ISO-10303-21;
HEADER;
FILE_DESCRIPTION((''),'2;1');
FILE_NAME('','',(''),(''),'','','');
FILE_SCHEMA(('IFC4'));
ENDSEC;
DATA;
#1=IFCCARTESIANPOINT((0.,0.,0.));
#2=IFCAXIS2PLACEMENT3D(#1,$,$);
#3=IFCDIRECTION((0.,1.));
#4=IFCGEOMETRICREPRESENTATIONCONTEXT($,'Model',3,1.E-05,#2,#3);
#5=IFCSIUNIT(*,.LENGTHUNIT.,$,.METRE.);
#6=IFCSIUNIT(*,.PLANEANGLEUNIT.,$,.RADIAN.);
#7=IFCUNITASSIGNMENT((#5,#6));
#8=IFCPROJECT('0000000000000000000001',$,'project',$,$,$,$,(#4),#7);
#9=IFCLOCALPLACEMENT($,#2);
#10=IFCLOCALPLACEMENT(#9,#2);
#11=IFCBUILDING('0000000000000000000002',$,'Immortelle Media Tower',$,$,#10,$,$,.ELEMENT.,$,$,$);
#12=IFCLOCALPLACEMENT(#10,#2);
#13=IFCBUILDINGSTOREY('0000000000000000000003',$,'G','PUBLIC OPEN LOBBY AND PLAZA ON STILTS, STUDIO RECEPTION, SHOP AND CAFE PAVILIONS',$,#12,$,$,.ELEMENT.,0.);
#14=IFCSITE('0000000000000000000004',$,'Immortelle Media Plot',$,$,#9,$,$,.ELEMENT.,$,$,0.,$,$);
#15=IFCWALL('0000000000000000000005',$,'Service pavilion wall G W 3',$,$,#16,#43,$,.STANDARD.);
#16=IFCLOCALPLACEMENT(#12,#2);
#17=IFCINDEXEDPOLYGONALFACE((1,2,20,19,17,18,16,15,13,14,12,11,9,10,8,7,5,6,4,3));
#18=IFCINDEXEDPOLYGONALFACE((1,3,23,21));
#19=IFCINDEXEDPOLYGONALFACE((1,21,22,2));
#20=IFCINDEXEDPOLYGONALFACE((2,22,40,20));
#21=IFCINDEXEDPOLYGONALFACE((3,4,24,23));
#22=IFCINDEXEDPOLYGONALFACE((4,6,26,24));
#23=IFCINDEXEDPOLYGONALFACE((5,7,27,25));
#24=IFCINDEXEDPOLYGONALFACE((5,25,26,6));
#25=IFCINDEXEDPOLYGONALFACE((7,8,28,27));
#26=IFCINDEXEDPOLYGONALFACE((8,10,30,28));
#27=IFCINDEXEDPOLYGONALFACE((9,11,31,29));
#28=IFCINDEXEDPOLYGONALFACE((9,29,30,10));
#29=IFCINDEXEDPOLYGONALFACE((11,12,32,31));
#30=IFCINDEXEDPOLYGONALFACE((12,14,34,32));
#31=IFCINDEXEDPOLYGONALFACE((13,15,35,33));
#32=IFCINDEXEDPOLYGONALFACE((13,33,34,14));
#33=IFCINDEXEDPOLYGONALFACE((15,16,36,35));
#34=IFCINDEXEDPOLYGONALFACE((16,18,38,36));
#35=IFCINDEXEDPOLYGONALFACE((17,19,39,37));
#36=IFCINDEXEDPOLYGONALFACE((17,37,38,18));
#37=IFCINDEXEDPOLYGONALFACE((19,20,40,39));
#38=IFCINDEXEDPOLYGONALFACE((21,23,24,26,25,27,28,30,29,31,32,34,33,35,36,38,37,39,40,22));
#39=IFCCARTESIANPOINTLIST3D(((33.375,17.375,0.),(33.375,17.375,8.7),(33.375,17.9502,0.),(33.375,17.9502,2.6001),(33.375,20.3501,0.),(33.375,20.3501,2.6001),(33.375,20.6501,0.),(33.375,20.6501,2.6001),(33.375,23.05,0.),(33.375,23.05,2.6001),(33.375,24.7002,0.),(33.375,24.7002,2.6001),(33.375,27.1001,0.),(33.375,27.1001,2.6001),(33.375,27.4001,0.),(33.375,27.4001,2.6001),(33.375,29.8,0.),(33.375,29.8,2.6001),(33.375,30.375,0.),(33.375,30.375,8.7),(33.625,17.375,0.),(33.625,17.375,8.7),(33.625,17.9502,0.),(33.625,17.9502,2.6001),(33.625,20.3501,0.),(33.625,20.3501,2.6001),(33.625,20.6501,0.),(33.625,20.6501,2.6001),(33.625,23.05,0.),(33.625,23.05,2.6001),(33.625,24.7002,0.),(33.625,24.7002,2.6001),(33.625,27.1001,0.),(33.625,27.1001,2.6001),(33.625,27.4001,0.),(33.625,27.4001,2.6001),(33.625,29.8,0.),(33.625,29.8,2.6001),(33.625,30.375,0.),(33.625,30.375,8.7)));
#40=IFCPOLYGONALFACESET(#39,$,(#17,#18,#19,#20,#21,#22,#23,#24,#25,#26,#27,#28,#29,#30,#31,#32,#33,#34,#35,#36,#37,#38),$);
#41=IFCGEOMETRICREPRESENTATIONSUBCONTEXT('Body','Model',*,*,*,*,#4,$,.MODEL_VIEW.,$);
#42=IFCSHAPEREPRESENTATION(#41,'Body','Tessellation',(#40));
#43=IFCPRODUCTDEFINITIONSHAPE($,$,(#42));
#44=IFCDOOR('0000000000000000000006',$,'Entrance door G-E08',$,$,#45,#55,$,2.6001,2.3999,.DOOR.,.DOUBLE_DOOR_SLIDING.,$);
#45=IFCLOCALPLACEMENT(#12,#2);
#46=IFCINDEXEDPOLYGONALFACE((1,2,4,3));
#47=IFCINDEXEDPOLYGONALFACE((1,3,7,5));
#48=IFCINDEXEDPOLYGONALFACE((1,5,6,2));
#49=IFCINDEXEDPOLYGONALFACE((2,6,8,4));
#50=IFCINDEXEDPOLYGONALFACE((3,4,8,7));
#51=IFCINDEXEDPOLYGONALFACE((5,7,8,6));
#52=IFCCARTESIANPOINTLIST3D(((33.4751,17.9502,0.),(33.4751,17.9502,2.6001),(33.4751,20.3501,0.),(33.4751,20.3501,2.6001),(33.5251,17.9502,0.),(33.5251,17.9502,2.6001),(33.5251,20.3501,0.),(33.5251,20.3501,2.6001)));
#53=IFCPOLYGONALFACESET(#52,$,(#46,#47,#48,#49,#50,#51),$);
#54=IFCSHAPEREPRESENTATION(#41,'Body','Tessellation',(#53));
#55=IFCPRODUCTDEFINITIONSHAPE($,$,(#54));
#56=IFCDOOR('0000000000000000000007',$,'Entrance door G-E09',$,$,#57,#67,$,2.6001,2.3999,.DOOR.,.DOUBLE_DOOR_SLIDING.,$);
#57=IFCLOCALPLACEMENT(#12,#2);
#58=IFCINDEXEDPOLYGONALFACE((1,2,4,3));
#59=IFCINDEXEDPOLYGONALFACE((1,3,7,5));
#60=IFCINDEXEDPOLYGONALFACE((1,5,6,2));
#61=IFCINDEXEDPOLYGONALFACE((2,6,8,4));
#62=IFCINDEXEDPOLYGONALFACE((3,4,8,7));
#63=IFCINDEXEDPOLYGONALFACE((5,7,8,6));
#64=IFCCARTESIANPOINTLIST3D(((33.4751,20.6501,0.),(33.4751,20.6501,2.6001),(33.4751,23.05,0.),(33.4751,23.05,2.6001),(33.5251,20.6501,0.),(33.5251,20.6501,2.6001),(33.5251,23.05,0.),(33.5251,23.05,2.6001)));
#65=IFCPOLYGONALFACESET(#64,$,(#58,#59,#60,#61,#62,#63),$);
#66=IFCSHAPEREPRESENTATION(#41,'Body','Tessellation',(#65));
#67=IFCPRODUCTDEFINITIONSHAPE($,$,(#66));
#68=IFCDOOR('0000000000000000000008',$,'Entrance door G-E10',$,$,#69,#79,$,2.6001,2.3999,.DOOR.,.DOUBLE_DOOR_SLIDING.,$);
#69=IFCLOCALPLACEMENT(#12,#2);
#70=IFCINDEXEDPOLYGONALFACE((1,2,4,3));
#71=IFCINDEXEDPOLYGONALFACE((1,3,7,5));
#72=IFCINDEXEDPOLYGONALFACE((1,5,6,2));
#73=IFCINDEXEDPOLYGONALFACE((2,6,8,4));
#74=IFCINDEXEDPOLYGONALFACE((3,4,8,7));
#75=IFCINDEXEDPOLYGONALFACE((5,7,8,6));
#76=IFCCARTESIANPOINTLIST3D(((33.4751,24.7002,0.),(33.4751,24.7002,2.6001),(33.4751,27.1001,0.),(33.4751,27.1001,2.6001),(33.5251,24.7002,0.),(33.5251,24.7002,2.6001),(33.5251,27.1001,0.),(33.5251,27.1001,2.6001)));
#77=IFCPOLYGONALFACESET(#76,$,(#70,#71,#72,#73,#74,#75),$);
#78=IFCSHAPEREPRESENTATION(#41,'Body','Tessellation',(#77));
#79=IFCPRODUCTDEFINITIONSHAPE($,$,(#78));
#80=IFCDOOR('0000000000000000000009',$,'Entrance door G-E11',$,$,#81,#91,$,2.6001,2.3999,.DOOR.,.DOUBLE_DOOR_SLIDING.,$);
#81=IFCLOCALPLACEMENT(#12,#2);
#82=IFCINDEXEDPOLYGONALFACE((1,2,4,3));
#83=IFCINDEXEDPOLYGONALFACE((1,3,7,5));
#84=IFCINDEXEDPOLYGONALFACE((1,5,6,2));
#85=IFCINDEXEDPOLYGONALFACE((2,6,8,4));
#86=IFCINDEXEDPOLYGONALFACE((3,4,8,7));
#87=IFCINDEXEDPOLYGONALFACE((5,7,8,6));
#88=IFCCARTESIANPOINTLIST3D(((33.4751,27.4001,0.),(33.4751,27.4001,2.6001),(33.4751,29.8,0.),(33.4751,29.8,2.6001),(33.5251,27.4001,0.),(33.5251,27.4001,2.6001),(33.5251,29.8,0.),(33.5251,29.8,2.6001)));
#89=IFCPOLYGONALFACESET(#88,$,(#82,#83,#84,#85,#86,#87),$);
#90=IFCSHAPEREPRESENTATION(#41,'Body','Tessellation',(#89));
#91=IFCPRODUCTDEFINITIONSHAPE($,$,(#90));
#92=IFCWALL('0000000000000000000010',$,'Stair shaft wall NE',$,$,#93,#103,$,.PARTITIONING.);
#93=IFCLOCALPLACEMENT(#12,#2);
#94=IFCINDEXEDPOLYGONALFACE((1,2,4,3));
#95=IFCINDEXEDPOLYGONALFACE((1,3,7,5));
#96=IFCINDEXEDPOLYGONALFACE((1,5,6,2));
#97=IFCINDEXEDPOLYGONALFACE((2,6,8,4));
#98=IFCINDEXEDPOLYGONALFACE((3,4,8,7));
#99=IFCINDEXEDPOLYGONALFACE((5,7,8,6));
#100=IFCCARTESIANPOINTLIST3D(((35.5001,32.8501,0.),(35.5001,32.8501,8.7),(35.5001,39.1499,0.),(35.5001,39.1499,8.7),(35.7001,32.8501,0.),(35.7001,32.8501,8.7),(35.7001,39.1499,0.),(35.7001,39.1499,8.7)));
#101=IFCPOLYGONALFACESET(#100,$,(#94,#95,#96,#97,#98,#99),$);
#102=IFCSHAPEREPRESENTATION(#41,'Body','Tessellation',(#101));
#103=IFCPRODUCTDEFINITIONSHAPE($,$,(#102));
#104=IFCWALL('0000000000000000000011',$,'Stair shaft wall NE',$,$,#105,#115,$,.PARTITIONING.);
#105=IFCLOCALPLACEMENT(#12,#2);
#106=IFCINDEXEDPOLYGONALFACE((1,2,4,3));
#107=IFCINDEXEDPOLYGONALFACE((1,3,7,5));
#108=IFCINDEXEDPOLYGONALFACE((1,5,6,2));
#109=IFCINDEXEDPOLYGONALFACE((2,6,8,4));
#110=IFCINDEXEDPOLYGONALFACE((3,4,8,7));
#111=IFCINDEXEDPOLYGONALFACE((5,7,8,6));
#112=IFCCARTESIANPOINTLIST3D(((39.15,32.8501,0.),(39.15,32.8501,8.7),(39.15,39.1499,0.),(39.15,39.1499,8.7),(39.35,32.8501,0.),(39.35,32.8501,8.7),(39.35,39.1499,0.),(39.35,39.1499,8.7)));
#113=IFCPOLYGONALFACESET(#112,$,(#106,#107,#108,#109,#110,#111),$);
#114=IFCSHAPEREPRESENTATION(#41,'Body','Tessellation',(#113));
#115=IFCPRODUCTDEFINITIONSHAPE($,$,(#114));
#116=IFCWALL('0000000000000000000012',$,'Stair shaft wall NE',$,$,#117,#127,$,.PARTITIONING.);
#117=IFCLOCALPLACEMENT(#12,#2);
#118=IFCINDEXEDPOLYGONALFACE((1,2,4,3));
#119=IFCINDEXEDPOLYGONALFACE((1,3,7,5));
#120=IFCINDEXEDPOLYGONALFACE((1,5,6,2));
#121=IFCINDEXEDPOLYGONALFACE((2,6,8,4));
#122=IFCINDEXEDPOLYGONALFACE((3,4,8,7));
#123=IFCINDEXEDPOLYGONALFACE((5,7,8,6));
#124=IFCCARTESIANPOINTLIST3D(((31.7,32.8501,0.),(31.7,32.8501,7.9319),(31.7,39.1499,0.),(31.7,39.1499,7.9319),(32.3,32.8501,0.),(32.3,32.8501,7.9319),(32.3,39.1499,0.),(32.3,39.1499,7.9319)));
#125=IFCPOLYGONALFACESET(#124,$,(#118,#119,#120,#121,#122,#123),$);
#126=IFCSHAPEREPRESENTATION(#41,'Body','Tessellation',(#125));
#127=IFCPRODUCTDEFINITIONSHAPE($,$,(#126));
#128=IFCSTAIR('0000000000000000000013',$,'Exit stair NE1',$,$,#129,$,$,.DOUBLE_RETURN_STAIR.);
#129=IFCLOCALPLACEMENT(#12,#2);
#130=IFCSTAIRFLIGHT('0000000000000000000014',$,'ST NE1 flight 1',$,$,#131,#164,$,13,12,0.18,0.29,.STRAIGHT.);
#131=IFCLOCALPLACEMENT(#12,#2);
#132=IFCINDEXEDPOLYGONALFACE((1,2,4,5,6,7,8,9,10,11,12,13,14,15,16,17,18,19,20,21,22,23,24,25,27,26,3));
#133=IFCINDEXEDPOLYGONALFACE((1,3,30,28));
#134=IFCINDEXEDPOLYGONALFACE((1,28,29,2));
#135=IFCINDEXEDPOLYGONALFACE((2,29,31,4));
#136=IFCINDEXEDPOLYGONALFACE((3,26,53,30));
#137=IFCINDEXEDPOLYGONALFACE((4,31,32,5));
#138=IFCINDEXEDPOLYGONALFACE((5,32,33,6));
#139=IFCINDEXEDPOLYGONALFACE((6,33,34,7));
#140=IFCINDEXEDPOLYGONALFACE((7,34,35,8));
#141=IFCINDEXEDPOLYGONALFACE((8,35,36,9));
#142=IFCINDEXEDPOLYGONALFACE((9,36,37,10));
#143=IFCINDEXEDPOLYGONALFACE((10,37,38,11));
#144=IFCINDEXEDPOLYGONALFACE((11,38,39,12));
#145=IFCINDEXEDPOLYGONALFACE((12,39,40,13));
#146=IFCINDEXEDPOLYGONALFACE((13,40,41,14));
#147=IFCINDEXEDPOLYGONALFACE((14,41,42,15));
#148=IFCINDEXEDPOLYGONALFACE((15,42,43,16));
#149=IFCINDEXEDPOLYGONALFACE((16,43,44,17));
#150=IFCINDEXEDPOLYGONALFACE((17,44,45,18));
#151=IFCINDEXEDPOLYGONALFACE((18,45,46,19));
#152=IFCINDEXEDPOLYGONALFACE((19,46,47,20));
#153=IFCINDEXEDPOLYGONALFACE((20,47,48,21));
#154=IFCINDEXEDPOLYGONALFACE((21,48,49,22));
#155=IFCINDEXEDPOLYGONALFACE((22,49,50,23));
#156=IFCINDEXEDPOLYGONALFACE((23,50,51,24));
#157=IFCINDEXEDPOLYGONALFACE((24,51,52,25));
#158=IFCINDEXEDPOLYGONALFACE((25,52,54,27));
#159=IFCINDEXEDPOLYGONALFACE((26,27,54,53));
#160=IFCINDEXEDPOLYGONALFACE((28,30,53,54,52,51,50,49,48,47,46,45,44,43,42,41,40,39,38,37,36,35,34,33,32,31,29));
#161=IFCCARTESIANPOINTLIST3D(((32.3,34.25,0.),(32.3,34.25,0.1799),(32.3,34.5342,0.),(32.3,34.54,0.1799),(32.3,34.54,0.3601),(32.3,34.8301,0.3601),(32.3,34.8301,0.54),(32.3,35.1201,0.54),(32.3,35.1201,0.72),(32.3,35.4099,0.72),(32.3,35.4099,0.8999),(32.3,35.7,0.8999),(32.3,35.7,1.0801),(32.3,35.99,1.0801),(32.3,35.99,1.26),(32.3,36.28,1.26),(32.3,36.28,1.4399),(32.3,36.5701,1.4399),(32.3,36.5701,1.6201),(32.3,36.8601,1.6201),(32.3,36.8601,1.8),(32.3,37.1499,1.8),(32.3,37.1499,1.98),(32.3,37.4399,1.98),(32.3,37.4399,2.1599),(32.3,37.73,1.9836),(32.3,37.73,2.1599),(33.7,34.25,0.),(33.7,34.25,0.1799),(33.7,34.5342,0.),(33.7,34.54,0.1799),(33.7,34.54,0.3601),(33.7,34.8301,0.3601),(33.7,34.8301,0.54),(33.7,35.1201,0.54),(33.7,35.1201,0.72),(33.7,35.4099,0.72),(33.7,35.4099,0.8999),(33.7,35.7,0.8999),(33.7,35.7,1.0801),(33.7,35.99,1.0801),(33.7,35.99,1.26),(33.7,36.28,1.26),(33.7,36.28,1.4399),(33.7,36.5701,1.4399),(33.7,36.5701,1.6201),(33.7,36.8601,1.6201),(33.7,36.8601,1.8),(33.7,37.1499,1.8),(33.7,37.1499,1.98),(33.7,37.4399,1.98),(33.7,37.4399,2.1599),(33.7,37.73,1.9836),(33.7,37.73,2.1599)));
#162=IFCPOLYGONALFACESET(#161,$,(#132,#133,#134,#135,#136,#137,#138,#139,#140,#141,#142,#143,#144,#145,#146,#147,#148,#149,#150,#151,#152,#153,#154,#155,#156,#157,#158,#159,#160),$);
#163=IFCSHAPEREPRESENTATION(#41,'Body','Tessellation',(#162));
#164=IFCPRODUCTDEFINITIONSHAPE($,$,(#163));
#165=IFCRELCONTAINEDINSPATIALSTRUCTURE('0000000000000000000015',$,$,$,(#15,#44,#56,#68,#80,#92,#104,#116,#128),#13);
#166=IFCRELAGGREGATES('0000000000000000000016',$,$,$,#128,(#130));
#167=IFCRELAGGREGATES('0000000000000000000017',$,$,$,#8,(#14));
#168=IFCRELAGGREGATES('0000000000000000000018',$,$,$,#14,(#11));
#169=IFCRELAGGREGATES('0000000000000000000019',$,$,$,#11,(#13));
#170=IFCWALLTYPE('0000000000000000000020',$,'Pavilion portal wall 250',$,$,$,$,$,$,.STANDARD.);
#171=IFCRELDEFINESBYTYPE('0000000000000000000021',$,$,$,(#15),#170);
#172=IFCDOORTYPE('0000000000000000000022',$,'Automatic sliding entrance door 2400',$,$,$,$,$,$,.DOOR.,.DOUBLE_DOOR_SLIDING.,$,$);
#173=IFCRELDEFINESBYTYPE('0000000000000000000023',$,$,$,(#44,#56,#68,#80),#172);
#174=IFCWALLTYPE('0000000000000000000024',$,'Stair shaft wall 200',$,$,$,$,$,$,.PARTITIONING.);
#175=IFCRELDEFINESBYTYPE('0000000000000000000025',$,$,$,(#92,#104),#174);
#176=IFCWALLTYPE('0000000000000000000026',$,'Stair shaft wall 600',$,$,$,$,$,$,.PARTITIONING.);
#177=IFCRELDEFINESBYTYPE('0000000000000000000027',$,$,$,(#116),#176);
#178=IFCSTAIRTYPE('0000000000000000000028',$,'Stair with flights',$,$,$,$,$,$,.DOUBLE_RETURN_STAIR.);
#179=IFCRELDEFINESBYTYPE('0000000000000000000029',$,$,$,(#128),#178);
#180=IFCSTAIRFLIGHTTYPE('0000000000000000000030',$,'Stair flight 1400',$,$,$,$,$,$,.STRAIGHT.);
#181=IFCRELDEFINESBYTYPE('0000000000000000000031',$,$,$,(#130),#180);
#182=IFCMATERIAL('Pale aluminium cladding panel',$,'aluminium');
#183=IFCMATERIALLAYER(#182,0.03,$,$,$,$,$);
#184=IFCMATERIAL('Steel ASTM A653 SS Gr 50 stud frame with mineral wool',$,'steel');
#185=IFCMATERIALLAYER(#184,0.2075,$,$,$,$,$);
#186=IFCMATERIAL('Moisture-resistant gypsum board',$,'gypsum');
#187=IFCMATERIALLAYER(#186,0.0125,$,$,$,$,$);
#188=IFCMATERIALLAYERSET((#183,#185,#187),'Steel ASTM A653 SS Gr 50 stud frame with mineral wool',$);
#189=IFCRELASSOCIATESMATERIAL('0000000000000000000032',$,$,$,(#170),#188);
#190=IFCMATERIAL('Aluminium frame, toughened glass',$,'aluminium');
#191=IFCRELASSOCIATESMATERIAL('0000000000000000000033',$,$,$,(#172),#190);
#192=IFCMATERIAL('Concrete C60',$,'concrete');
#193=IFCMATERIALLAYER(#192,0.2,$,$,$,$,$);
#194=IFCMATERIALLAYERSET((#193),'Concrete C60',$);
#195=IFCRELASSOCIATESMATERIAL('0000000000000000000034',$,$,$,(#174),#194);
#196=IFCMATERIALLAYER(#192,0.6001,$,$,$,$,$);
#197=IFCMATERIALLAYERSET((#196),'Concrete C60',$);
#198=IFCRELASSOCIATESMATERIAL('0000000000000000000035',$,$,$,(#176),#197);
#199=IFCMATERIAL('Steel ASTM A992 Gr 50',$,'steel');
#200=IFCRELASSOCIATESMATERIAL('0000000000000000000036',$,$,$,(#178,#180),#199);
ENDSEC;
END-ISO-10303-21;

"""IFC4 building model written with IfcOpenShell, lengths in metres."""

from ifc_helpers import new_model, si_unit, direction, frame, frame_2d, origin, place, context, subcontext, project, spatial, polyline, rectangle, outline, extrude, material, layer, layer_set, type_object, element, fill, aggregate, save


model = new_model("IFC4")

# Units and contexts
model_context = context("Model", 3, precision=1e-05, world=origin(), true_north=direction((0.0, 1.0)))
body_context = subcontext(model_context, "Body", "Model", "MODEL_VIEW")
ifc_project = project(units=[si_unit("LENGTHUNIT", "METRE"), si_unit("PLANEANGLEUNIT", "RADIAN")], contexts=[model_context])

# Site, building, storey
site_placement = place(None, origin())
site = spatial("IfcSite", under=ifc_project, at=site_placement, Name="Immortelle Media Plot", CompositionType="ELEMENT", RefElevation=0.0)
building_placement = place(site_placement, origin())
building = spatial("IfcBuilding", under=site, at=building_placement, Name="Immortelle Media Tower", CompositionType="ELEMENT")
storey_placement = place(building_placement, origin())
storey = spatial("IfcBuildingStorey", under=building, at=storey_placement, Name="G", Description="PUBLIC OPEN LOBBY AND PLAZA ON STILTS, STUDIO RECEPTION, SHOP AND CAFE PAVILIONS", CompositionType="ELEMENT", Elevation=0.0)

# Shared definitions
ifc_material_1 = material(Name="Steel ASTM A992 Gr 50", Category="steel")

# Shared definitions
ifc_material_2 = material(Name="Pale aluminium cladding panel", Category="aluminium")
ifc_layer_1 = layer(ifc_material_2, 0.03)
ifc_material_3 = material(Name="Steel ASTM A653 SS Gr 50 stud frame with mineral wool", Category="steel")
ifc_layer_2 = layer(ifc_material_3, 0.2075)
ifc_material_4 = material(Name="Moisture-resistant gypsum board", Category="gypsum")
ifc_layer_3 = layer(ifc_material_4, 0.0125)
ifc_layer_set_1 = layer_set([ifc_layer_1, ifc_layer_2, ifc_layer_3], Name="Steel ASTM A653 SS Gr 50 stud frame with mineral wool")
wall_type_1 = type_object("IfcWallType", Name="Pavilion portal wall 250", PredefinedType="STANDARD", material=ifc_layer_set_1)
ifc_material_5 = material(Name="Aluminium frame, toughened glass", Category="aluminium")
door_type = type_object("IfcDoorType", Name="Automatic sliding entrance door 2400", OperationType="DOUBLE_DOOR_SLIDING", PredefinedType="DOOR", material=ifc_material_5)

# Wall, openings, doors
wall_1_placement = place(storey_placement, frame((33.5, 30.375, 0.0), z_axis=(0.0, 0.0, 1.0), x_axis=(0.0, -1.0, 0.0)))
wall_1 = element("IfcWall", 1, at=wall_1_placement, inside=storey, type_object=wall_type_1, Name="Service pavilion wall G W 3", PredefinedType="STANDARD", context=body_context, shape_type="SweptSolid", body=[
    extrude(rectangle(XDim=13.0, YDim=0.25, at=frame_2d((6.5, 0.0))), origin(), (0.0, 0.0, 1.0), 8.7),
])
opening_1_placement = place(wall_1_placement, frame((12.4248, 0.0, 0.0), z_axis=(0.0, 0.0, 1.0), x_axis=(-1.0, 0.0, 0.0)))
opening_1 = element("IfcOpeningElement", 2, at=opening_1_placement, cuts=wall_1, PredefinedType="OPENING", context=body_context, shape_type="SweptSolid", body=[
    extrude(rectangle(XDim=2.3999, YDim=2.6001, at=frame_2d((1.2, 1.3))), frame((0.0, 0.135, 0.0), z_axis=(0.0, -1.0, 0.0), x_axis=(1.0, 0.0, 0.0)), (0.0, 0.0, 1.0), 0.27),
])
opening_2_placement = place(wall_1_placement, frame((9.7249, 0.0, 0.0), z_axis=(0.0, 0.0, 1.0), x_axis=(-1.0, 0.0, 0.0)))
opening_2 = element("IfcOpeningElement", 3, at=opening_2_placement, cuts=wall_1, PredefinedType="OPENING", context=body_context, shape_type="SweptSolid", body=[
    extrude(rectangle(XDim=2.3999, YDim=2.6001, at=frame_2d((1.2, 1.3))), frame((0.0, 0.135, 0.0), z_axis=(0.0, -1.0, 0.0), x_axis=(1.0, 0.0, 0.0)), (0.0, 0.0, 1.0), 0.27),
])
opening_3_placement = place(wall_1_placement, frame((5.6748, 0.0, 0.0), z_axis=(0.0, 0.0, 1.0), x_axis=(-1.0, 0.0, 0.0)))
opening_3 = element("IfcOpeningElement", 4, at=opening_3_placement, cuts=wall_1, PredefinedType="OPENING", context=body_context, shape_type="SweptSolid", body=[
    extrude(rectangle(XDim=2.3999, YDim=2.6001, at=frame_2d((1.2, 1.3))), frame((0.0, 0.135, 0.0), z_axis=(0.0, -1.0, 0.0), x_axis=(1.0, 0.0, 0.0)), (0.0, 0.0, 1.0), 0.27),
])
opening_4_placement = place(wall_1_placement, frame((2.9749, 0.0, 0.0), z_axis=(0.0, 0.0, 1.0), x_axis=(-1.0, 0.0, 0.0)))
opening_4 = element("IfcOpeningElement", 5, at=opening_4_placement, cuts=wall_1, PredefinedType="OPENING", context=body_context, shape_type="SweptSolid", body=[
    extrude(rectangle(XDim=2.3999, YDim=2.6001, at=frame_2d((1.2, 1.3))), frame((0.0, 0.135, 0.0), z_axis=(0.0, -1.0, 0.0), x_axis=(1.0, 0.0, 0.0)), (0.0, 0.0, 1.0), 0.27),
])
door_1_placement = place(opening_1_placement, origin())
door_1 = element("IfcDoor", 6, at=door_1_placement, inside=storey, type_object=door_type, Name="Entrance door G-E08", OperationType="DOUBLE_DOOR_SLIDING", OverallHeight=2.6001, OverallWidth=2.3999, PredefinedType="DOOR", context=body_context, shape_type="SweptSolid", body=[
    extrude(rectangle(XDim=2.3999, YDim=2.6001, at=frame_2d((1.2, 1.3))), frame((0.0, 0.0249, 0.0), z_axis=(0.0, -1.0, 0.0), x_axis=(1.0, 0.0, 0.0)), (0.0, 0.0, 1.0), 0.05),
])
fill(opening_1, door_1)
door_2_placement = place(opening_2_placement, origin())
door_2 = element("IfcDoor", 7, at=door_2_placement, inside=storey, type_object=door_type, Name="Entrance door G-E09", OperationType="DOUBLE_DOOR_SLIDING", OverallHeight=2.6001, OverallWidth=2.3999, PredefinedType="DOOR", context=body_context, shape_type="SweptSolid", body=[
    extrude(rectangle(XDim=2.3999, YDim=2.6001, at=frame_2d((1.2, 1.3))), frame((0.0, 0.0249, 0.0), z_axis=(0.0, -1.0, 0.0), x_axis=(1.0, 0.0, 0.0)), (0.0, 0.0, 1.0), 0.05),
])
fill(opening_2, door_2)
door_3_placement = place(opening_3_placement, origin())
door_3 = element("IfcDoor", 8, at=door_3_placement, inside=storey, type_object=door_type, Name="Entrance door G-E10", OperationType="DOUBLE_DOOR_SLIDING", OverallHeight=2.6001, OverallWidth=2.3999, PredefinedType="DOOR", context=body_context, shape_type="SweptSolid", body=[
    extrude(rectangle(XDim=2.3999, YDim=2.6001, at=frame_2d((1.2, 1.3))), frame((0.0, 0.0249, 0.0), z_axis=(0.0, -1.0, 0.0), x_axis=(1.0, 0.0, 0.0)), (0.0, 0.0, 1.0), 0.05),
])
fill(opening_3, door_3)
door_4_placement = place(opening_4_placement, origin())
door_4 = element("IfcDoor", 9, at=door_4_placement, inside=storey, type_object=door_type, Name="Entrance door G-E11", OperationType="DOUBLE_DOOR_SLIDING", OverallHeight=2.6001, OverallWidth=2.3999, PredefinedType="DOOR", context=body_context, shape_type="SweptSolid", body=[
    extrude(rectangle(XDim=2.3999, YDim=2.6001, at=frame_2d((1.2, 1.3))), frame((0.0, 0.0249, 0.0), z_axis=(0.0, -1.0, 0.0), x_axis=(1.0, 0.0, 0.0)), (0.0, 0.0, 1.0), 0.05),
])
fill(opening_4, door_4)

# Walls
ifc_material_6 = material(Name="Concrete C60", Category="concrete")
ifc_layer_4 = layer(ifc_material_6, 0.2)
ifc_layer_set_2 = layer_set([ifc_layer_4], Name="Concrete C60")
wall_type_2 = type_object("IfcWallType", Name="Stair shaft wall 200", PredefinedType="PARTITIONING", material=ifc_layer_set_2)
for number, where, z_axis, x_axis, name in (
    (10, (35.6001, 32.8501, 0.0), (0.0, 0.0, 1.0), (0.0, 1.0, 0.0), "Stair shaft wall NE"),
    (11, (39.25, 32.8501, 0.0), (0.0, 0.0, 1.0), (0.0, 1.0, 0.0), "Stair shaft wall NE"),
):
    element("IfcWall", number, at=place(storey_placement, frame(where, z_axis=z_axis, x_axis=x_axis)), inside=storey, type_object=wall_type_2, Name=name, PredefinedType="PARTITIONING", context=body_context, shape_type="SweptSolid", body=[
        extrude(rectangle(XDim=6.2998, YDim=0.2, at=frame_2d((3.1499, 0.0))), origin(), (0.0, 0.0, 1.0), 8.7),
    ])
ifc_layer_5 = layer(ifc_material_6, 0.6001)
ifc_layer_set_3 = layer_set([ifc_layer_5], Name="Concrete C60")
wall_type_3 = type_object("IfcWallType", Name="Stair shaft wall 600", PredefinedType="PARTITIONING", material=ifc_layer_set_3)
wall_2_placement = place(storey_placement, frame((32.0, 32.8501, 0.0), z_axis=(0.0, 0.0, 1.0), x_axis=(0.0, 1.0, 0.0)))
element("IfcWall", 12, at=wall_2_placement, inside=storey, type_object=wall_type_3, Name="Stair shaft wall NE", PredefinedType="PARTITIONING", context=body_context, shape_type="SweptSolid", body=[
    extrude(rectangle(XDim=6.2998, YDim=0.6001, at=frame_2d((3.1499, 0.0))), origin(), (0.0, 0.0, 1.0), 7.9319),
])

# Stair, stair flight
stair_type = type_object("IfcStairType", Name="Stair with flights", PredefinedType="DOUBLE_RETURN_STAIR", material=ifc_material_1)
stair_1_placement = place(storey_placement, origin())
stair_1 = element("IfcStair", 13, at=stair_1_placement, inside=storey, type_object=stair_type, Name="Exit stair NE1", PredefinedType="DOUBLE_RETURN_STAIR")
stair_flight_type = type_object("IfcStairFlightType", Name="Stair flight 1400", PredefinedType="STRAIGHT", material=ifc_material_1)
stair_flight_1_placement = place(storey_placement, frame((33.0, 34.25, 0.0), z_axis=(0.0, 0.0, 1.0), x_axis=(0.0, 1.0, 0.0)))
stair_flight_1 = element("IfcStairFlight", 14, at=stair_flight_1_placement, type_object=stair_flight_type, Name="ST NE1 flight 1", NumberOfRisers=13, NumberOfTreads=12, PredefinedType="STRAIGHT", RiserHeight=0.18, TreadLength=0.29, context=body_context, shape_type="SweptSolid", body=[
    extrude(outline(polyline([(0.0, 0.0), (0.0, 0.1799), (0.29, 0.1799), (0.29, 0.3601), (0.5801, 0.3601), (0.5801, 0.54), (0.8701, 0.54), (0.8701, 0.72), (1.1599, 0.72), (1.1599, 0.8999), (1.45, 0.8999), (1.45, 1.0801), (1.74, 1.0801), (1.74, 1.26), (2.03, 1.26), (2.03, 1.4399), (2.3201, 1.4399), (2.3201, 1.6201), (2.6101, 1.6201), (2.6101, 1.8), (2.8999, 1.8), (2.8999, 1.98), (3.1899, 1.98), (3.1899, 2.1599), (3.48, 2.1599), (3.48, 2.3401), (3.48, 1.9836), (0.2842, 0.0), (0.0, 0.0)])), frame((0.0, 0.7, 0.0), z_axis=(0.0, -1.0, 0.0), x_axis=(1.0, 0.0, 0.0)), (0.0, 0.0, 1.0), 1.3999),
])
aggregate(stair_1, [stair_flight_1])

save(model, "model.ifc")
